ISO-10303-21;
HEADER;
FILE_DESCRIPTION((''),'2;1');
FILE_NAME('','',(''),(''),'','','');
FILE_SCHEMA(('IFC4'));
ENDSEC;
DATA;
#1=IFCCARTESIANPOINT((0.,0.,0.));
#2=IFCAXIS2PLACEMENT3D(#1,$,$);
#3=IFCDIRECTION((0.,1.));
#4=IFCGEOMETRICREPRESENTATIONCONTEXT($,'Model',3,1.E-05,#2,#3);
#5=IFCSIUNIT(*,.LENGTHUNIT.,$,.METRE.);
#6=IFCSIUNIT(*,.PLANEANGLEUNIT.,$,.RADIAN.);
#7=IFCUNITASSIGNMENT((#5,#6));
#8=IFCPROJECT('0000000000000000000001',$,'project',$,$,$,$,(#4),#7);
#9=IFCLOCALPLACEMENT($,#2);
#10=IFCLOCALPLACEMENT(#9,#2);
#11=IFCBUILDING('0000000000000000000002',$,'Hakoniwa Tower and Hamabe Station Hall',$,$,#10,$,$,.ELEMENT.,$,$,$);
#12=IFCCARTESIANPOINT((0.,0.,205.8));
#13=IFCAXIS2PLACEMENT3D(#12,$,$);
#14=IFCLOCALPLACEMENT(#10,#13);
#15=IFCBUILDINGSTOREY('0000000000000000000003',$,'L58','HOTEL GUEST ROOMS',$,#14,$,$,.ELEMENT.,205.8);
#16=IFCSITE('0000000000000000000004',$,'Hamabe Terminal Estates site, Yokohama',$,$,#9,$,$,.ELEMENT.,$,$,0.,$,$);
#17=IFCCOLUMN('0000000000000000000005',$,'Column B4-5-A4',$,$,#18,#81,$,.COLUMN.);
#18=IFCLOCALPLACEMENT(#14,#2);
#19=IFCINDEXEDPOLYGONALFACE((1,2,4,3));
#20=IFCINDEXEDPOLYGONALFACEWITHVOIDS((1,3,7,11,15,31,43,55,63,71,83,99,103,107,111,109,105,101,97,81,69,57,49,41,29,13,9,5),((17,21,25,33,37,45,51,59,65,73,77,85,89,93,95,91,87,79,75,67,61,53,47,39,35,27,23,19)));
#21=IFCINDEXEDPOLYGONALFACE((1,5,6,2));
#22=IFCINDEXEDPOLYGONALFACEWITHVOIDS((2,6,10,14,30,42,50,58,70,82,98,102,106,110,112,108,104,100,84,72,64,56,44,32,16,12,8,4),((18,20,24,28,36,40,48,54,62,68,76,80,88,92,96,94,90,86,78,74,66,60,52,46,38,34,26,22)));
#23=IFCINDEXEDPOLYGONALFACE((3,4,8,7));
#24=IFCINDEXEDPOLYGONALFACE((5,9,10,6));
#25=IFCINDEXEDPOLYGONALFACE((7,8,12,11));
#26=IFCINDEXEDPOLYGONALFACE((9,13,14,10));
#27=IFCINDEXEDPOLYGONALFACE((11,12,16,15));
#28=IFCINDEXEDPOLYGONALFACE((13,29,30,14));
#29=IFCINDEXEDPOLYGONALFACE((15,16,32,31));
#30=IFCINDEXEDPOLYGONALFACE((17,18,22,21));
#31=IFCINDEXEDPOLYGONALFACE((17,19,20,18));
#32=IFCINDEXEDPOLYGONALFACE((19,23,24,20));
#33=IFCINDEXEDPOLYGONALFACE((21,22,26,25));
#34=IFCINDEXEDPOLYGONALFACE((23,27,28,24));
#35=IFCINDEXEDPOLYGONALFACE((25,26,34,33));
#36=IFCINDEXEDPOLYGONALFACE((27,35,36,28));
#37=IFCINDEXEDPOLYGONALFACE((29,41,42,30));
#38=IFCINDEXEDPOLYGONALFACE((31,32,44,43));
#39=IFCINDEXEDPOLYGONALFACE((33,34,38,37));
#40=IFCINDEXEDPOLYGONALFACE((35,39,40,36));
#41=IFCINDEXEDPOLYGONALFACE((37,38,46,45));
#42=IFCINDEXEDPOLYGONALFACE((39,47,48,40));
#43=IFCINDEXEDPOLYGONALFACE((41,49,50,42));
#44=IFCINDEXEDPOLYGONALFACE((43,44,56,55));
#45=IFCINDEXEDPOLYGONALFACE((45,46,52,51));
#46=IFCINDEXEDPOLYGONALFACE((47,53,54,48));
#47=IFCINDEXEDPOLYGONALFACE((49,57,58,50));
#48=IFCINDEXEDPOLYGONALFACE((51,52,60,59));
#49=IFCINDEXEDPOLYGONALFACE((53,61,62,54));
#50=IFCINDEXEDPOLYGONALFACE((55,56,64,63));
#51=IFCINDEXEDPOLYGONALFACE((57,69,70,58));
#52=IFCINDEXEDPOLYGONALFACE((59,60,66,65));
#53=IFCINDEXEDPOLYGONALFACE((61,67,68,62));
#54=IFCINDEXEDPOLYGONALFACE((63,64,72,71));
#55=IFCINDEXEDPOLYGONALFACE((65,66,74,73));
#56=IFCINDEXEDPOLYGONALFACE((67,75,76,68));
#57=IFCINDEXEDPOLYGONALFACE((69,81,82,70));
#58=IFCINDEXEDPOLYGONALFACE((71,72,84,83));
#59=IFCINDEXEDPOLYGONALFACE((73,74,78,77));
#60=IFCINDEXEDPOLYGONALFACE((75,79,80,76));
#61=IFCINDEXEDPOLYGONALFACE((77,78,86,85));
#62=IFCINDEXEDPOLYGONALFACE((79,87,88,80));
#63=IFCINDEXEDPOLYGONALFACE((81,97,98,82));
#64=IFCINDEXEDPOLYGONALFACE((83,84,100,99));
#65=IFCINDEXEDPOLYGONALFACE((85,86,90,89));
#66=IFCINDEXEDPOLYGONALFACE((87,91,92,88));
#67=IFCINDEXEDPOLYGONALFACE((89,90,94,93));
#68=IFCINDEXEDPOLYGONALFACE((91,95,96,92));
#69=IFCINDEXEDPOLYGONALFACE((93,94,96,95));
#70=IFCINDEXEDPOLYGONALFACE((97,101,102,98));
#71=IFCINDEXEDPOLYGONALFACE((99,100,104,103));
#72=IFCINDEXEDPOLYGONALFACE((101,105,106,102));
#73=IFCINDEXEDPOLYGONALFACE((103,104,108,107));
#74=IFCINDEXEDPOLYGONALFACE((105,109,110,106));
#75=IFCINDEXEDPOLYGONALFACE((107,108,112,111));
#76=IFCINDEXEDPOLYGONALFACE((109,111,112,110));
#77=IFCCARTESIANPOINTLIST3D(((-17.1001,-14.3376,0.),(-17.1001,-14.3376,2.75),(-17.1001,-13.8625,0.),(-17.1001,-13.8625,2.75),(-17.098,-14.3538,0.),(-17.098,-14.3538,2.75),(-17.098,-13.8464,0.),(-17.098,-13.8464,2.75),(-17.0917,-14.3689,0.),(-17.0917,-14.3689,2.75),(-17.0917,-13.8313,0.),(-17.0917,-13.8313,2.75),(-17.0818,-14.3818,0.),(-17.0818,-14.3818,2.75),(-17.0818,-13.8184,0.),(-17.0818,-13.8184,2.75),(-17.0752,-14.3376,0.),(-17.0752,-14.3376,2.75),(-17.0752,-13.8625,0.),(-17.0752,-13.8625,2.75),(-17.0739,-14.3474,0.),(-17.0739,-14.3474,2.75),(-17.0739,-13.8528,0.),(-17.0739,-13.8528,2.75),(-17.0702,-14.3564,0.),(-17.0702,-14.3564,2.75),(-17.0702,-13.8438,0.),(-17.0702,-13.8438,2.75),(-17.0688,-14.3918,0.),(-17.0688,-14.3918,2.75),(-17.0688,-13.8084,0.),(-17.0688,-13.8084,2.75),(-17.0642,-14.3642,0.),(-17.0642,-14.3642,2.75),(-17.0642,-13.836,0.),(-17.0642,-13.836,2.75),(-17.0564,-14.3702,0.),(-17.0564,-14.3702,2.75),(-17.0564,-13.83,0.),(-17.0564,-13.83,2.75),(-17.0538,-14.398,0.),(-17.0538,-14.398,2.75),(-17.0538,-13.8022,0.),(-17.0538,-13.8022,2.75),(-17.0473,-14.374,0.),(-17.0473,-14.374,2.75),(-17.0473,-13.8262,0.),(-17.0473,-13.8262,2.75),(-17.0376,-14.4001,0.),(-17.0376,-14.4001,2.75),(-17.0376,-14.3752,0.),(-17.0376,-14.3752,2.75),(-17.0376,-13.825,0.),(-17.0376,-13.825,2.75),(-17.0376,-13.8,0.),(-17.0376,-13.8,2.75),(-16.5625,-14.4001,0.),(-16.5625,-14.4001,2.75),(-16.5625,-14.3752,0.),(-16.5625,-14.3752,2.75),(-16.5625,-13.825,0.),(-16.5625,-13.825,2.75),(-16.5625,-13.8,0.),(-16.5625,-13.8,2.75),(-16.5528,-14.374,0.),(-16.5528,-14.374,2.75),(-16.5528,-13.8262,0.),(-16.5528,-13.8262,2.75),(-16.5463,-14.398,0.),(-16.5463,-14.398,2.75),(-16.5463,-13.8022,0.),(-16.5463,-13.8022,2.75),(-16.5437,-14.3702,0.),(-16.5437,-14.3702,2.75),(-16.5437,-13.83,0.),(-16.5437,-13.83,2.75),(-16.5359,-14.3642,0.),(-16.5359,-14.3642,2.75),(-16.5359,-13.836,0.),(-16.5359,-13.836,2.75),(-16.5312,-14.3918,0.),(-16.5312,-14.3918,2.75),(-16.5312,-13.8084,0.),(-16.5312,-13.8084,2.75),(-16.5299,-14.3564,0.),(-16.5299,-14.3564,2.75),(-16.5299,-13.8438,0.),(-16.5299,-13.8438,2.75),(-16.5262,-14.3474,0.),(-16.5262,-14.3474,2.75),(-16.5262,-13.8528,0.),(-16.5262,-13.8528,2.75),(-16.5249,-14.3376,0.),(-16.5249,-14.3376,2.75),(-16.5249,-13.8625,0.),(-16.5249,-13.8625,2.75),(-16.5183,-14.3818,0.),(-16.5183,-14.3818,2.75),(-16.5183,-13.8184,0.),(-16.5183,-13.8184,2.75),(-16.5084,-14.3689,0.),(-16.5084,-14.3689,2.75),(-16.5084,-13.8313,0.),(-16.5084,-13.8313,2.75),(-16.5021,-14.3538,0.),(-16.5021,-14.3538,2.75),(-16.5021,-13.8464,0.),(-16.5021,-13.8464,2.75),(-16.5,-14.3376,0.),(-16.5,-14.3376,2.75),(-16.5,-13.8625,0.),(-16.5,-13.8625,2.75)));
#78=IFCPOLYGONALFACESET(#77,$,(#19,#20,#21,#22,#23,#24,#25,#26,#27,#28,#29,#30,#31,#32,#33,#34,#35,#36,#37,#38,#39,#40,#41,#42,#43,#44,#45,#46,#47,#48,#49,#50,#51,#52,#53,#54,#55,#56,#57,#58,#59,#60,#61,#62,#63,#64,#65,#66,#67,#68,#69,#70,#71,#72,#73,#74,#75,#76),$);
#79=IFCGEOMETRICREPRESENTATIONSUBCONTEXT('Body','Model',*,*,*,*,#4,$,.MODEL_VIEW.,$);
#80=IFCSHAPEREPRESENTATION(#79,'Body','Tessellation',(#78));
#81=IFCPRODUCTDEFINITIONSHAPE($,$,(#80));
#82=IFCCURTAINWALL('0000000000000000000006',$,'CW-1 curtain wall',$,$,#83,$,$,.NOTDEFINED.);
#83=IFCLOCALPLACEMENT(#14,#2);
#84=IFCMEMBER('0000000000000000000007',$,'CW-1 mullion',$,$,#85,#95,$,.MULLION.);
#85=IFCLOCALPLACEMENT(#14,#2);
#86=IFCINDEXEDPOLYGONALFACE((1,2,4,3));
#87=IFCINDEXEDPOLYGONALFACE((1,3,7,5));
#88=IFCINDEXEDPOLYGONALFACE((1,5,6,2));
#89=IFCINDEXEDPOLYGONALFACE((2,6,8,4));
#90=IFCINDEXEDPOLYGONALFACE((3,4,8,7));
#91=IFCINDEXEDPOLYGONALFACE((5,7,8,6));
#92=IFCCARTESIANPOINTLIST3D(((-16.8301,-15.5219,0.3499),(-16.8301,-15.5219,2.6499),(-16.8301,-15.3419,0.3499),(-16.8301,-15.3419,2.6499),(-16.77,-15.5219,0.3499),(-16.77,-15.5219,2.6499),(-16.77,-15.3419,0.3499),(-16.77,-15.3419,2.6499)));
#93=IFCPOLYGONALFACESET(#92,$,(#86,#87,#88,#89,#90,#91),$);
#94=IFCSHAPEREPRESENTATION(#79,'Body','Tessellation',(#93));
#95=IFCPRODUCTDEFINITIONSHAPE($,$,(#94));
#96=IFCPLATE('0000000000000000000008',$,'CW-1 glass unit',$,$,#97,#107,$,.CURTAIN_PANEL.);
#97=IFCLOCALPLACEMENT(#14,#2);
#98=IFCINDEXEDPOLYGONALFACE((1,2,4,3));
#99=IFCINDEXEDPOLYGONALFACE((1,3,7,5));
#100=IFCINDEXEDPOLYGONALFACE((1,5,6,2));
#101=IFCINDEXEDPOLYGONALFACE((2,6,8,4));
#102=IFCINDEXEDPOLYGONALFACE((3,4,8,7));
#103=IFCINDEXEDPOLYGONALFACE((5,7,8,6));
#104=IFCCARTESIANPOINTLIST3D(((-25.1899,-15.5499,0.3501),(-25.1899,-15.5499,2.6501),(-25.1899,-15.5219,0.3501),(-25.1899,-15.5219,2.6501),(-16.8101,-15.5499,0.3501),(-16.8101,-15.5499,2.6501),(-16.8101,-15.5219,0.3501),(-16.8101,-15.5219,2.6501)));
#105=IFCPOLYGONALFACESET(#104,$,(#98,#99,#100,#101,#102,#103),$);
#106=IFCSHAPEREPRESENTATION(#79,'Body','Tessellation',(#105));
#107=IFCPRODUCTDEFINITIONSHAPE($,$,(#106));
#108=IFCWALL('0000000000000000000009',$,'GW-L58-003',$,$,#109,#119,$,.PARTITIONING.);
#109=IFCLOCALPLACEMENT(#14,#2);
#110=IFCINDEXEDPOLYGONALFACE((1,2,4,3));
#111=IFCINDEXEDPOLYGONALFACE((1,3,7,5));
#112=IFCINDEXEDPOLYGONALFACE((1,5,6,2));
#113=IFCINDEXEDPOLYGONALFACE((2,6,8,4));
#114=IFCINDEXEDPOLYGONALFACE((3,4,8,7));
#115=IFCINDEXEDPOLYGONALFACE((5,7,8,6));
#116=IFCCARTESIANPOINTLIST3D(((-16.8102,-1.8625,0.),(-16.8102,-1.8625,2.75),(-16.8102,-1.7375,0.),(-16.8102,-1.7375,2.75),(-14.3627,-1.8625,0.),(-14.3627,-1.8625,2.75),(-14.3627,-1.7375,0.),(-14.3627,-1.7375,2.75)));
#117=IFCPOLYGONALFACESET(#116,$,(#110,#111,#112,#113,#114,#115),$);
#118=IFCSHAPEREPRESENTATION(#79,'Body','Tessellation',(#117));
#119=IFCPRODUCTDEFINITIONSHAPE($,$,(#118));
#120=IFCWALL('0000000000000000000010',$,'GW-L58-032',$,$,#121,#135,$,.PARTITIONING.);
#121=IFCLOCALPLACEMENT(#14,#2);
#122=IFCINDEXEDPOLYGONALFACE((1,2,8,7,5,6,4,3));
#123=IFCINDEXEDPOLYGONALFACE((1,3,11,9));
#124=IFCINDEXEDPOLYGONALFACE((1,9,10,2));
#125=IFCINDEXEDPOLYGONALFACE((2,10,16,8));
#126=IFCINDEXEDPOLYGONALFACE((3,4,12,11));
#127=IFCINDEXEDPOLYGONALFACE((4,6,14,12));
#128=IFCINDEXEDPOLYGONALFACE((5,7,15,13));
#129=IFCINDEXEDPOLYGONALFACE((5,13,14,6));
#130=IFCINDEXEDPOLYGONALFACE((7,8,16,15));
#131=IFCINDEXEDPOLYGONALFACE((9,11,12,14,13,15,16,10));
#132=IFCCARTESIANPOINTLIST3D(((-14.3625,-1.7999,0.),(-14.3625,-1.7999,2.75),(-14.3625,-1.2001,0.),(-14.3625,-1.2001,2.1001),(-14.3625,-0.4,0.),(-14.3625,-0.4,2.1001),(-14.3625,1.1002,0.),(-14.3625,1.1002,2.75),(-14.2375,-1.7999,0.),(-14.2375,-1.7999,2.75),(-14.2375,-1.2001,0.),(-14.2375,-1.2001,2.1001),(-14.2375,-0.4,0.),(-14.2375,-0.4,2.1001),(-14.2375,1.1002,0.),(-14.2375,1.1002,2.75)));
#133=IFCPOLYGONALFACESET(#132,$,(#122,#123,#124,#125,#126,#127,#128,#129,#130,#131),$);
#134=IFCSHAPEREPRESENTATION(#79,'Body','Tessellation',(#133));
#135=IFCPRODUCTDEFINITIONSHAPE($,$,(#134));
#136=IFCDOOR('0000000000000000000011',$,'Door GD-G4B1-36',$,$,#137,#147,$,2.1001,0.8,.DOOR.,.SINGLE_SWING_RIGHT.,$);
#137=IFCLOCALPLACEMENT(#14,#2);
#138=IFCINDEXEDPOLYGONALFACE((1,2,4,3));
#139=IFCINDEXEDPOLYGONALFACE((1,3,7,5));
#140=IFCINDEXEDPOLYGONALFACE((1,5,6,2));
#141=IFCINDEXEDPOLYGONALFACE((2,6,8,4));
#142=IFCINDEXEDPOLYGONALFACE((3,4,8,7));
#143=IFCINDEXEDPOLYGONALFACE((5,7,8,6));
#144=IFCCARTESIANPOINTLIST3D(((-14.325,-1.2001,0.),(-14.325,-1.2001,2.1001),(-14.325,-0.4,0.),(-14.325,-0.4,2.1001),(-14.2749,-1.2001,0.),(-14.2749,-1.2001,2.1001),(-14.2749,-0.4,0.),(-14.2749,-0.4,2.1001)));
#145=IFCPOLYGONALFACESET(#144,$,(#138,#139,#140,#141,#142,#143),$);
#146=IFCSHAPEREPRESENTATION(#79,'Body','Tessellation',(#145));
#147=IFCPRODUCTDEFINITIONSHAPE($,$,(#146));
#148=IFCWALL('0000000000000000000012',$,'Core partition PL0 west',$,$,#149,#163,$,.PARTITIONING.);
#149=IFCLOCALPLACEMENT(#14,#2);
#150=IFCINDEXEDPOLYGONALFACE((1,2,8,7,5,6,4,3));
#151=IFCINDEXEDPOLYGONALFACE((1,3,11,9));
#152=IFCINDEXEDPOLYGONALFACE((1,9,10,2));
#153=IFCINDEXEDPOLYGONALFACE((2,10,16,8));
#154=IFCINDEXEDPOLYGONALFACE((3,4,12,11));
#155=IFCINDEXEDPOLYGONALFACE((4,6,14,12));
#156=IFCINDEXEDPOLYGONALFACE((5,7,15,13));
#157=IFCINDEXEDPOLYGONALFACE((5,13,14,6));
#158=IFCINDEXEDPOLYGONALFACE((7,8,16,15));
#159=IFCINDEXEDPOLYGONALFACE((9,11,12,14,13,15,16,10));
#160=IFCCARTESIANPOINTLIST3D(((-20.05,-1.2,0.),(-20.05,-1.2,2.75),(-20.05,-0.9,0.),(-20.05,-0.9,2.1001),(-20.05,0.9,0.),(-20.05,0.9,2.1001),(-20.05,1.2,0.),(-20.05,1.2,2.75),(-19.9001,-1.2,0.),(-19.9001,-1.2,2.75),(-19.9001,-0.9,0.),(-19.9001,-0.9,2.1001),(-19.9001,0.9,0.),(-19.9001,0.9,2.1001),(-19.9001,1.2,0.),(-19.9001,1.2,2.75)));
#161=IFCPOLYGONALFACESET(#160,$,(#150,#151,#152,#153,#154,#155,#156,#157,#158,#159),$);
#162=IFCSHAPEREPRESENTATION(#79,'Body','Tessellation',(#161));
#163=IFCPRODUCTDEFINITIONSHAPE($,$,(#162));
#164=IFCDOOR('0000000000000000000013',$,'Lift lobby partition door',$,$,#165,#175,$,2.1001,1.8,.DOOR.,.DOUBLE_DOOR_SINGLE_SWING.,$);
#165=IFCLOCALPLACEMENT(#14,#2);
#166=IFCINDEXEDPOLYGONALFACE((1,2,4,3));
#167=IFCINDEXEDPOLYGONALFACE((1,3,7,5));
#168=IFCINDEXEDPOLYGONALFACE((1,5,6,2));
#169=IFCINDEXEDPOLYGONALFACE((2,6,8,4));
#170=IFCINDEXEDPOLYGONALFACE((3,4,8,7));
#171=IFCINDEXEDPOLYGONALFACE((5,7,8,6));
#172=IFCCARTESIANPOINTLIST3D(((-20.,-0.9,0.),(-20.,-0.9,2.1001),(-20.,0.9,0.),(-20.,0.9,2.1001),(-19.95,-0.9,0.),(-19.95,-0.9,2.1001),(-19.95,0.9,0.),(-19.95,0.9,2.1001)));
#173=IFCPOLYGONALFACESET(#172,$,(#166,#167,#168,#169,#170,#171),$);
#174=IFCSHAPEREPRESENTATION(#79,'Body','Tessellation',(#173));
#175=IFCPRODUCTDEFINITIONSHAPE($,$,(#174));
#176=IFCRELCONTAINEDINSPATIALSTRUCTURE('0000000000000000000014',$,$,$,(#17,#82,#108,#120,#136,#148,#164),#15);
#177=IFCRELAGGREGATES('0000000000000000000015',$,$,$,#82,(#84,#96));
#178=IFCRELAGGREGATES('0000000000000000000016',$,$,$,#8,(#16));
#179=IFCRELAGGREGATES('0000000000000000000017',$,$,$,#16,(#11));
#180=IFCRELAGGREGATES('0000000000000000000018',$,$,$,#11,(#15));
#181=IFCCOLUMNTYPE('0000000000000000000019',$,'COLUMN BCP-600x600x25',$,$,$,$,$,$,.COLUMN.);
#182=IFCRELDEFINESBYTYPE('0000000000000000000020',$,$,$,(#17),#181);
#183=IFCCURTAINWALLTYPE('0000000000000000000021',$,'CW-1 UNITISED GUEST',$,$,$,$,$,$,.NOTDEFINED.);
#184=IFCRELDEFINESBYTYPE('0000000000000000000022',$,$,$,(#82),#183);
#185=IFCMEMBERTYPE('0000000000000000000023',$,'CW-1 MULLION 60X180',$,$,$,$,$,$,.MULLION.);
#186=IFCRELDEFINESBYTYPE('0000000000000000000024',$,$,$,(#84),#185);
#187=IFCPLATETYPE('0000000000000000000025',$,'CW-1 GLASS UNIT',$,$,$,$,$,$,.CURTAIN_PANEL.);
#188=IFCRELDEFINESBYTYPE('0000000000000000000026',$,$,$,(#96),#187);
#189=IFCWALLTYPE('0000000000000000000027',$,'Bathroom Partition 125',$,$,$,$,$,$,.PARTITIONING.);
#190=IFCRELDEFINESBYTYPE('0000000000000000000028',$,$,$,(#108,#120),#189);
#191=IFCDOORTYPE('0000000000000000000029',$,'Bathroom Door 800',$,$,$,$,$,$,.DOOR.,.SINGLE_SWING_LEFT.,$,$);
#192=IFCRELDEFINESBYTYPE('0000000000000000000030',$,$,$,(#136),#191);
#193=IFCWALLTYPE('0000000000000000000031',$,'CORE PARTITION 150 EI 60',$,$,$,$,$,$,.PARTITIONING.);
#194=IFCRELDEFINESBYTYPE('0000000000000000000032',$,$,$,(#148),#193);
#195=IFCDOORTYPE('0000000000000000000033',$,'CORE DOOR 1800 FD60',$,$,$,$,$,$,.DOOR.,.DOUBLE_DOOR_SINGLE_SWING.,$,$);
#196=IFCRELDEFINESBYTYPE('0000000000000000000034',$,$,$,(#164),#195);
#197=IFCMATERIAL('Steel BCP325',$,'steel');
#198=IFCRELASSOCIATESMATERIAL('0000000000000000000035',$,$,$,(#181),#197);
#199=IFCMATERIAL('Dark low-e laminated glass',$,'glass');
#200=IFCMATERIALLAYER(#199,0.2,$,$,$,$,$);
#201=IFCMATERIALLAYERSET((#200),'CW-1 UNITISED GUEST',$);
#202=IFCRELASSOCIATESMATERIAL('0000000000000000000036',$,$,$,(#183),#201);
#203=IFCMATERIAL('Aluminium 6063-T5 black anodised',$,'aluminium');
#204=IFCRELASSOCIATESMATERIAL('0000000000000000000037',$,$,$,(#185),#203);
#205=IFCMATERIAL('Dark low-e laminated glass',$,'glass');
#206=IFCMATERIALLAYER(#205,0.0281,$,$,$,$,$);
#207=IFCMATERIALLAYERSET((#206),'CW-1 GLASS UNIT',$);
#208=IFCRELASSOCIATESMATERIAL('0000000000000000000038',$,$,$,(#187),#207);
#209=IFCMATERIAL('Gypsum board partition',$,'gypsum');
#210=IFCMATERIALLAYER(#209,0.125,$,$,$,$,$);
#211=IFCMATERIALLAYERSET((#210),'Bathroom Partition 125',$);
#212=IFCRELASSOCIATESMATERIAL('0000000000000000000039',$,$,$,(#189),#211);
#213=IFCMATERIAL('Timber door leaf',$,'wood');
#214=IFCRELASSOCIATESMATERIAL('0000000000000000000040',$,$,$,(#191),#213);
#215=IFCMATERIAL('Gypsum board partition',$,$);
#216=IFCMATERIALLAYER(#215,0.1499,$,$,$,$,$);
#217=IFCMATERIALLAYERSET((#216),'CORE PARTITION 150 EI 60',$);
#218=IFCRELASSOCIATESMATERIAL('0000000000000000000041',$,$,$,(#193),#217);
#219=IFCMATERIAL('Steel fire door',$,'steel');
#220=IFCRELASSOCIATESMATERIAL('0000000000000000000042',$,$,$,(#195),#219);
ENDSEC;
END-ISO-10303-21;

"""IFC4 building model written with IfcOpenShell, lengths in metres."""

from ifc_helpers import new_model, si_unit, direction, frame, frame_2d, origin, origin_2d, place, context, subcontext, project, spatial, rectangle, hollow_rectangle, extrude, material, layer, layer_set, material_profile, profile_set, type_object, element, fill, aggregate, save


model = new_model("IFC4")

# Units and contexts
model_context = context("Model", 3, precision=1e-05, world=origin(), true_north=direction((0.0, 1.0)))
body_context = subcontext(model_context, "Body", "Model", "MODEL_VIEW")
ifc_project = project(units=[si_unit("LENGTHUNIT", "METRE"), si_unit("PLANEANGLEUNIT", "RADIAN")], contexts=[model_context])

# Site, building, storey
site_placement = place(None, origin())
site = spatial("IfcSite", under=ifc_project, at=site_placement, Name="Hamabe Terminal Estates site, Yokohama", CompositionType="ELEMENT", RefElevation=0.0)
building_placement = place(site_placement, origin())
building = spatial("IfcBuilding", under=site, at=building_placement, Name="Hakoniwa Tower and Hamabe Station Hall", CompositionType="ELEMENT")
storey_placement = place(building_placement, frame((0.0, 0.0, 205.8)))
storey = spatial("IfcBuildingStorey", under=building, at=storey_placement, Name="L58", Description="HOTEL GUEST ROOMS", CompositionType="ELEMENT", Elevation=205.8)

# Column
ifc_material_1 = material(Name="Steel BCP325", Category="steel")
ifc_material_profile_1 = material_profile(ifc_material_1, hollow_rectangle(XDim=0.6001, YDim=0.6001, WallThickness=0.0249, InnerFilletRadius=0.0376, OuterFilletRadius=0.0625, at=origin_2d()), Name="BCP-600x600x25")
ifc_profile_set_1 = profile_set([ifc_material_profile_1], Name="Steel BCP325")
column_type = type_object("IfcColumnType", Name="COLUMN BCP-600x600x25", PredefinedType="COLUMN", material=ifc_profile_set_1)
column_placement = place(storey_placement, frame((-16.8, -14.1001, 0.0), z_axis=(0.0, 0.0, 1.0), x_axis=(1.0, 0.0, 0.0)))
element("IfcColumn", 1, at=column_placement, inside=storey, type_object=column_type, Name="Column B4-5-A4", PredefinedType="COLUMN", context=body_context, shape_type="SweptSolid", body=[
    extrude(hollow_rectangle(XDim=0.6001, YDim=0.6001, WallThickness=0.0249, InnerFilletRadius=0.0376, OuterFilletRadius=0.0625, at=origin_2d()), origin(), (0.0, 0.0, 1.0), 2.75),
])

# Curtain wall, member, plate
ifc_material_2 = material(Name="Dark low-e laminated glass", Category="glass")
ifc_layer_1 = layer(ifc_material_2, 0.2)
ifc_layer_set_1 = layer_set([ifc_layer_1], Name="CW-1 UNITISED GUEST")
curtain_wall_type = type_object("IfcCurtainWallType", Name="CW-1 UNITISED GUEST", PredefinedType="NOTDEFINED", material=ifc_layer_set_1)
curtain_wall_placement = place(storey_placement, origin())
curtain_wall = element("IfcCurtainWall", 2, at=curtain_wall_placement, inside=storey, type_object=curtain_wall_type, Name="CW-1 curtain wall", PredefinedType="NOTDEFINED")
ifc_material_3 = material(Name="Aluminium 6063-T5 black anodised", Category="aluminium")
ifc_material_profile_2 = material_profile(ifc_material_3, rectangle(XDim=0.0601, YDim=0.1799, at=origin_2d()), Name="CW-1 MULLION 60X180")
ifc_profile_set_2 = profile_set([ifc_material_profile_2], Name="Aluminium 6063-T5 black anodised")
member_type = type_object("IfcMemberType", Name="CW-1 MULLION 60X180", PredefinedType="MULLION", material=ifc_profile_set_2)
member_placement = place(storey_placement, frame((-16.8, -15.4319, 0.3499), z_axis=(0.0, 0.0, 1.0), x_axis=(1.0, 0.0, 0.0)))
member = element("IfcMember", 3, at=member_placement, type_object=member_type, Name="CW-1 mullion", PredefinedType="MULLION", context=body_context, shape_type="SweptSolid", body=[
    extrude(rectangle(XDim=0.0601, YDim=0.1799, at=origin_2d()), origin(), (0.0, 0.0, 1.0), 2.3),
])
ifc_material_4 = material(Name="Dark low-e laminated glass", Category="glass")
ifc_layer_2 = layer(ifc_material_4, 0.0281)
ifc_layer_set_2 = layer_set([ifc_layer_2], Name="CW-1 GLASS UNIT")
plate_type = type_object("IfcPlateType", Name="CW-1 GLASS UNIT", PredefinedType="CURTAIN_PANEL", material=ifc_layer_set_2)
plate_placement = place(storey_placement, frame((-21.0, -15.5359, 0.3501), z_axis=(0.0, 0.0, 1.0), x_axis=(1.0, 0.0, 0.0)))
plate = element("IfcPlate", 4, at=plate_placement, type_object=plate_type, Name="CW-1 glass unit", PredefinedType="CURTAIN_PANEL", context=body_context, shape_type="SweptSolid", body=[
    extrude(rectangle(XDim=8.3799, YDim=0.0281, at=origin_2d()), origin(), (0.0, 0.0, 1.0), 2.3),
])

# Wall
ifc_material_5 = material(Name="Gypsum board partition", Category="gypsum")
ifc_layer_3 = layer(ifc_material_5, 0.125)
ifc_layer_set_3 = layer_set([ifc_layer_3], Name="Bathroom Partition 125")
wall_type_1 = type_object("IfcWallType", Name="Bathroom Partition 125", PredefinedType="PARTITIONING", material=ifc_layer_set_3)
wall_1_placement = place(storey_placement, frame((-16.8101, -1.8, 0.0), z_axis=(0.0, 0.0, 1.0), x_axis=(1.0, 0.0, 0.0)))
element("IfcWall", 5, at=wall_1_placement, inside=storey, type_object=wall_type_1, Name="GW-L58-003", PredefinedType="PARTITIONING", context=body_context, shape_type="SweptSolid", body=[
    extrude(rectangle(XDim=2.4475, YDim=0.125, at=frame_2d((1.2236, 0.0))), origin(), (0.0, 0.0, 1.0), 2.75),
])

# Walls, openings, doors
wall_2_placement = place(storey_placement, frame((-14.3, -1.8, 0.0), z_axis=(0.0, 0.0, 1.0), x_axis=(0.0, 1.0, 0.0)))
wall_2 = element("IfcWall", 6, at=wall_2_placement, inside=storey, type_object=wall_type_1, Name="GW-L58-032", PredefinedType="PARTITIONING", context=body_context, shape_type="SweptSolid", body=[
    extrude(rectangle(XDim=2.9001, YDim=0.125, at=frame_2d((1.4502, 0.0))), origin(), (0.0, 0.0, 1.0), 2.75),
])
opening_1_placement = place(wall_2_placement, frame((0.6001, 0.0, 0.0)))
opening_1 = element("IfcOpeningElement", 7, at=opening_1_placement, cuts=wall_2, PredefinedType="OPENING", context=body_context, shape_type="SweptSolid", body=[
    extrude(rectangle(XDim=0.8, YDim=2.1001, at=frame_2d((0.3999, 1.05))), frame((0.0, 0.0725, 0.0), z_axis=(0.0, -1.0, 0.0), x_axis=(1.0, 0.0, 0.0)), (0.0, 0.0, 1.0), 0.145),
])
ifc_material_6 = material(Name="Timber door leaf", Category="wood")
door_type_1 = type_object("IfcDoorType", Name="Bathroom Door 800", OperationType="SINGLE_SWING_LEFT", PredefinedType="DOOR", material=ifc_material_6)
door_1_placement = place(opening_1_placement, origin())
door_1 = element("IfcDoor", 8, at=door_1_placement, inside=storey, type_object=door_type_1, Name="Door GD-G4B1-36", OperationType="SINGLE_SWING_RIGHT", OverallHeight=2.1001, OverallWidth=0.8, PredefinedType="DOOR", context=body_context, shape_type="SweptSolid", body=[
    extrude(rectangle(XDim=0.8, YDim=2.1001, at=frame_2d((0.3999, 1.05))), frame((0.0, 0.0249, 0.0), z_axis=(0.0, -1.0, 0.0), x_axis=(1.0, 0.0, 0.0)), (0.0, 0.0, 1.0), 0.05),
])
fill(opening_1, door_1)
ifc_material_7 = material(Name="Gypsum board partition")
ifc_layer_4 = layer(ifc_material_7, 0.1499)
ifc_layer_set_4 = layer_set([ifc_layer_4], Name="CORE PARTITION 150 EI 60")
wall_type_2 = type_object("IfcWallType", Name="CORE PARTITION 150 EI 60", PredefinedType="PARTITIONING", material=ifc_layer_set_4)
wall_3_placement = place(storey_placement, frame((-19.9751, -1.2, 0.0), z_axis=(0.0, 0.0, 1.0), x_axis=(0.0, 1.0, 0.0)))
wall_3 = element("IfcWall", 9, at=wall_3_placement, inside=storey, type_object=wall_type_2, Name="Core partition PL0 west", PredefinedType="PARTITIONING", context=body_context, shape_type="SweptSolid", body=[
    extrude(rectangle(XDim=2.3999, YDim=0.1499, at=frame_2d((1.2, 0.0))), origin(), (0.0, 0.0, 1.0), 2.75),
])
opening_2_placement = place(wall_3_placement, frame((0.3, 0.0, 0.0)))
opening_2 = element("IfcOpeningElement", 10, at=opening_2_placement, cuts=wall_3, PredefinedType="OPENING", context=body_context, shape_type="SweptSolid", body=[
    extrude(rectangle(XDim=1.8, YDim=2.1001, at=frame_2d((0.8999, 1.05))), frame((0.0, 0.085, 0.0), z_axis=(0.0, -1.0, 0.0), x_axis=(1.0, 0.0, 0.0)), (0.0, 0.0, 1.0), 0.1699),
])
ifc_material_8 = material(Name="Steel fire door", Category="steel")
door_type_2 = type_object("IfcDoorType", Name="CORE DOOR 1800 FD60", OperationType="DOUBLE_DOOR_SINGLE_SWING", PredefinedType="DOOR", material=ifc_material_8)
door_2_placement = place(opening_2_placement, origin())
door_2 = element("IfcDoor", 11, at=door_2_placement, inside=storey, type_object=door_type_2, Name="Lift lobby partition door", OperationType="DOUBLE_DOOR_SINGLE_SWING", OverallHeight=2.1001, OverallWidth=1.8, PredefinedType="DOOR", context=body_context, shape_type="SweptSolid", body=[
    extrude(rectangle(XDim=1.8, YDim=2.1001, at=frame_2d((0.8999, 1.05))), frame((0.0, 0.0249, 0.0), z_axis=(0.0, -1.0, 0.0), x_axis=(1.0, 0.0, 0.0)), (0.0, 0.0, 1.0), 0.05),
])
fill(opening_2, door_2)
aggregate(curtain_wall, [member, plate])

save(model, "model.ifc")
